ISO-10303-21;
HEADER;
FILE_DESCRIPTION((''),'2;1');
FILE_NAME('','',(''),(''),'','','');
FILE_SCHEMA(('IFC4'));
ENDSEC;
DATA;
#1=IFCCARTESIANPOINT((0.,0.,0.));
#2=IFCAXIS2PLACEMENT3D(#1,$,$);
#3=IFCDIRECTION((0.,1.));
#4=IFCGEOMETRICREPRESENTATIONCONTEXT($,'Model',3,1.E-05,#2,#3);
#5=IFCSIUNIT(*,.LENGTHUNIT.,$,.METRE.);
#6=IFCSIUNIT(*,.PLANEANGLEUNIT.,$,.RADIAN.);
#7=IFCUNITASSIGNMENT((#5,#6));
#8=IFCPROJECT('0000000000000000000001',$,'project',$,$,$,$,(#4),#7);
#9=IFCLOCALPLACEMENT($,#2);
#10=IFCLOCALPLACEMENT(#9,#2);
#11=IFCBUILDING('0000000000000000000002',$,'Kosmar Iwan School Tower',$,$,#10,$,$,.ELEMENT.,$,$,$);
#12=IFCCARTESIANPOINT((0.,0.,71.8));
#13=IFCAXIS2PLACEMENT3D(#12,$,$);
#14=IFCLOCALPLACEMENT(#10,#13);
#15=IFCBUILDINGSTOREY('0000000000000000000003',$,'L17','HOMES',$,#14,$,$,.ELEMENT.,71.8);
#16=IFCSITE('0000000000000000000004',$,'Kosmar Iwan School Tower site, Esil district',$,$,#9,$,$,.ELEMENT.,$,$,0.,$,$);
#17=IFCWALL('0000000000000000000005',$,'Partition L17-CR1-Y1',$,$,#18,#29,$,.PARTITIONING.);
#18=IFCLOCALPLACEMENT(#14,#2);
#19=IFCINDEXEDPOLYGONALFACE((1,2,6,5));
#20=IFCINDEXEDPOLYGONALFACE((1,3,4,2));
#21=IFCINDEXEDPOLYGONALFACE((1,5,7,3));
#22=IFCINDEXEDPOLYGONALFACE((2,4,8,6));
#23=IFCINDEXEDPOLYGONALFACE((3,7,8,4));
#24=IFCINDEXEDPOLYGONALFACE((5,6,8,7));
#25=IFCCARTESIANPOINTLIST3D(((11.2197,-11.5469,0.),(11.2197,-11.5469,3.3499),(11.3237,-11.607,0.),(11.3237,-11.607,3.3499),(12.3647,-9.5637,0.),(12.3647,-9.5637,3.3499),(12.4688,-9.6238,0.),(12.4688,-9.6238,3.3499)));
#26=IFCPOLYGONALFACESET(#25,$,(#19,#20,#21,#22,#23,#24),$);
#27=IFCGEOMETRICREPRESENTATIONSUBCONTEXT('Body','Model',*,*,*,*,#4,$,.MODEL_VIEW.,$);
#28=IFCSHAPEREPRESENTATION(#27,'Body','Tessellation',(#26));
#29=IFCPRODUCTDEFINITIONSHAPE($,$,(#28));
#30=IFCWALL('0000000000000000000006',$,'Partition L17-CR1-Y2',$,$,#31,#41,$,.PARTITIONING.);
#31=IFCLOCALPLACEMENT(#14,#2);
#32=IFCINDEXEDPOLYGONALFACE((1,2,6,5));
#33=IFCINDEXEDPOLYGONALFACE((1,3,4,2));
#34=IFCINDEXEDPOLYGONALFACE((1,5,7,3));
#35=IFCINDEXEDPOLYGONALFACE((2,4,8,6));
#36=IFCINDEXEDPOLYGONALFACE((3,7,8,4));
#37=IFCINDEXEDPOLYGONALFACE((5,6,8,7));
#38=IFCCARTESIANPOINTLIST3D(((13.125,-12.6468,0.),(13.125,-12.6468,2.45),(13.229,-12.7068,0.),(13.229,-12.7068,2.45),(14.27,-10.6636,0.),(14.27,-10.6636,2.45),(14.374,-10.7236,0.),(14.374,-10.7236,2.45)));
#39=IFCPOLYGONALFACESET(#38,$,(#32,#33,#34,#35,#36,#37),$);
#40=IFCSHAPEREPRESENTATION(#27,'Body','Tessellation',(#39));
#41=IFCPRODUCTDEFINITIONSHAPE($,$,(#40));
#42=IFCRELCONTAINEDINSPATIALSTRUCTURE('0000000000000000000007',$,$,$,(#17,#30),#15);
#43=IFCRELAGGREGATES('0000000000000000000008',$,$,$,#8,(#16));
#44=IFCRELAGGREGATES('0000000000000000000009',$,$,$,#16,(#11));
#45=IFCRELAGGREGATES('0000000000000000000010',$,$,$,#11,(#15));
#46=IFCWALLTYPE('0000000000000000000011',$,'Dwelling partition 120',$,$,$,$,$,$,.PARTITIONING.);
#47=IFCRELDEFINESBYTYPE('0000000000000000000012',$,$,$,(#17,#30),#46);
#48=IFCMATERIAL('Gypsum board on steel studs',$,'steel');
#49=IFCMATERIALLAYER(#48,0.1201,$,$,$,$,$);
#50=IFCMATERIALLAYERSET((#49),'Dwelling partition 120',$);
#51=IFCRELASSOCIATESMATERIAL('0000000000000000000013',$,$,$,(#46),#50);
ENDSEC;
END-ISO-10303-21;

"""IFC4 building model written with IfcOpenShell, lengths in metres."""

from ifc_helpers import new_model, si_unit, direction, frame, frame_2d, origin, place, context, subcontext, project, spatial, rectangle, extrude, material, layer, layer_set, type_object, element, save


model = new_model("IFC4")

# Units and contexts
model_context = context("Model", 3, precision=1e-05, world=origin(), true_north=direction((0.0, 1.0)))
body_context = subcontext(model_context, "Body", "Model", "MODEL_VIEW")
ifc_project = project(units=[si_unit("LENGTHUNIT", "METRE"), si_unit("PLANEANGLEUNIT", "RADIAN")], contexts=[model_context])

# Site, building, storey
site_placement = place(None, origin())
site = spatial("IfcSite", under=ifc_project, at=site_placement, Name="Kosmar Iwan School Tower site, Esil district", CompositionType="ELEMENT", RefElevation=0.0)
building_placement = place(site_placement, origin())
building = spatial("IfcBuilding", under=site, at=building_placement, Name="Kosmar Iwan School Tower", CompositionType="ELEMENT")
storey_placement = place(building_placement, frame((0.0, 0.0, 71.8)))
storey = spatial("IfcBuildingStorey", under=building, at=storey_placement, Name="L17", Description="HOMES", CompositionType="ELEMENT", Elevation=71.8)

# Shared definitions
ifc_material_1 = material(Name="Gypsum board on steel studs", Category="steel")
ifc_layer_1 = layer(ifc_material_1, 0.1201)
ifc_layer_set_1 = layer_set([ifc_layer_1], Name="Dwelling partition 120")
wall_type_1 = type_object("IfcWallType", Name="Dwelling partition 120", PredefinedType="PARTITIONING", material=ifc_layer_set_1)

# Walls
wall_1_placement = place(storey_placement, frame((12.4167, -9.5938, 0.0), z_axis=(0.0, 0.0, 1.0), x_axis=(-0.500015, -0.866017, 0.0)))
element("IfcWall", 1, at=wall_1_placement, inside=storey, type_object=wall_type_1, Name="Partition L17-CR1-Y1", PredefinedType="PARTITIONING", context=body_context, shape_type="SweptSolid", body=[
    extrude(rectangle(XDim=2.29, YDim=0.1201, at=frame_2d((1.145, 0.0))), origin(), (0.0, 0.0, 1.0), 3.3499),
])
wall_2_placement = place(storey_placement, frame((14.322, -10.6936, 0.0), z_axis=(0.0, 0.0, 1.0), x_axis=(-0.500015, -0.866017, 0.0)))
element("IfcWall", 2, at=wall_2_placement, inside=storey, type_object=wall_type_1, Name="Partition L17-CR1-Y2", PredefinedType="PARTITIONING", context=body_context, shape_type="SweptSolid", body=[
    extrude(rectangle(XDim=2.29, YDim=0.1201, at=frame_2d((1.145, 0.0))), origin(), (0.0, 0.0, 1.0), 2.45),
])

save(model, "model.ifc")
